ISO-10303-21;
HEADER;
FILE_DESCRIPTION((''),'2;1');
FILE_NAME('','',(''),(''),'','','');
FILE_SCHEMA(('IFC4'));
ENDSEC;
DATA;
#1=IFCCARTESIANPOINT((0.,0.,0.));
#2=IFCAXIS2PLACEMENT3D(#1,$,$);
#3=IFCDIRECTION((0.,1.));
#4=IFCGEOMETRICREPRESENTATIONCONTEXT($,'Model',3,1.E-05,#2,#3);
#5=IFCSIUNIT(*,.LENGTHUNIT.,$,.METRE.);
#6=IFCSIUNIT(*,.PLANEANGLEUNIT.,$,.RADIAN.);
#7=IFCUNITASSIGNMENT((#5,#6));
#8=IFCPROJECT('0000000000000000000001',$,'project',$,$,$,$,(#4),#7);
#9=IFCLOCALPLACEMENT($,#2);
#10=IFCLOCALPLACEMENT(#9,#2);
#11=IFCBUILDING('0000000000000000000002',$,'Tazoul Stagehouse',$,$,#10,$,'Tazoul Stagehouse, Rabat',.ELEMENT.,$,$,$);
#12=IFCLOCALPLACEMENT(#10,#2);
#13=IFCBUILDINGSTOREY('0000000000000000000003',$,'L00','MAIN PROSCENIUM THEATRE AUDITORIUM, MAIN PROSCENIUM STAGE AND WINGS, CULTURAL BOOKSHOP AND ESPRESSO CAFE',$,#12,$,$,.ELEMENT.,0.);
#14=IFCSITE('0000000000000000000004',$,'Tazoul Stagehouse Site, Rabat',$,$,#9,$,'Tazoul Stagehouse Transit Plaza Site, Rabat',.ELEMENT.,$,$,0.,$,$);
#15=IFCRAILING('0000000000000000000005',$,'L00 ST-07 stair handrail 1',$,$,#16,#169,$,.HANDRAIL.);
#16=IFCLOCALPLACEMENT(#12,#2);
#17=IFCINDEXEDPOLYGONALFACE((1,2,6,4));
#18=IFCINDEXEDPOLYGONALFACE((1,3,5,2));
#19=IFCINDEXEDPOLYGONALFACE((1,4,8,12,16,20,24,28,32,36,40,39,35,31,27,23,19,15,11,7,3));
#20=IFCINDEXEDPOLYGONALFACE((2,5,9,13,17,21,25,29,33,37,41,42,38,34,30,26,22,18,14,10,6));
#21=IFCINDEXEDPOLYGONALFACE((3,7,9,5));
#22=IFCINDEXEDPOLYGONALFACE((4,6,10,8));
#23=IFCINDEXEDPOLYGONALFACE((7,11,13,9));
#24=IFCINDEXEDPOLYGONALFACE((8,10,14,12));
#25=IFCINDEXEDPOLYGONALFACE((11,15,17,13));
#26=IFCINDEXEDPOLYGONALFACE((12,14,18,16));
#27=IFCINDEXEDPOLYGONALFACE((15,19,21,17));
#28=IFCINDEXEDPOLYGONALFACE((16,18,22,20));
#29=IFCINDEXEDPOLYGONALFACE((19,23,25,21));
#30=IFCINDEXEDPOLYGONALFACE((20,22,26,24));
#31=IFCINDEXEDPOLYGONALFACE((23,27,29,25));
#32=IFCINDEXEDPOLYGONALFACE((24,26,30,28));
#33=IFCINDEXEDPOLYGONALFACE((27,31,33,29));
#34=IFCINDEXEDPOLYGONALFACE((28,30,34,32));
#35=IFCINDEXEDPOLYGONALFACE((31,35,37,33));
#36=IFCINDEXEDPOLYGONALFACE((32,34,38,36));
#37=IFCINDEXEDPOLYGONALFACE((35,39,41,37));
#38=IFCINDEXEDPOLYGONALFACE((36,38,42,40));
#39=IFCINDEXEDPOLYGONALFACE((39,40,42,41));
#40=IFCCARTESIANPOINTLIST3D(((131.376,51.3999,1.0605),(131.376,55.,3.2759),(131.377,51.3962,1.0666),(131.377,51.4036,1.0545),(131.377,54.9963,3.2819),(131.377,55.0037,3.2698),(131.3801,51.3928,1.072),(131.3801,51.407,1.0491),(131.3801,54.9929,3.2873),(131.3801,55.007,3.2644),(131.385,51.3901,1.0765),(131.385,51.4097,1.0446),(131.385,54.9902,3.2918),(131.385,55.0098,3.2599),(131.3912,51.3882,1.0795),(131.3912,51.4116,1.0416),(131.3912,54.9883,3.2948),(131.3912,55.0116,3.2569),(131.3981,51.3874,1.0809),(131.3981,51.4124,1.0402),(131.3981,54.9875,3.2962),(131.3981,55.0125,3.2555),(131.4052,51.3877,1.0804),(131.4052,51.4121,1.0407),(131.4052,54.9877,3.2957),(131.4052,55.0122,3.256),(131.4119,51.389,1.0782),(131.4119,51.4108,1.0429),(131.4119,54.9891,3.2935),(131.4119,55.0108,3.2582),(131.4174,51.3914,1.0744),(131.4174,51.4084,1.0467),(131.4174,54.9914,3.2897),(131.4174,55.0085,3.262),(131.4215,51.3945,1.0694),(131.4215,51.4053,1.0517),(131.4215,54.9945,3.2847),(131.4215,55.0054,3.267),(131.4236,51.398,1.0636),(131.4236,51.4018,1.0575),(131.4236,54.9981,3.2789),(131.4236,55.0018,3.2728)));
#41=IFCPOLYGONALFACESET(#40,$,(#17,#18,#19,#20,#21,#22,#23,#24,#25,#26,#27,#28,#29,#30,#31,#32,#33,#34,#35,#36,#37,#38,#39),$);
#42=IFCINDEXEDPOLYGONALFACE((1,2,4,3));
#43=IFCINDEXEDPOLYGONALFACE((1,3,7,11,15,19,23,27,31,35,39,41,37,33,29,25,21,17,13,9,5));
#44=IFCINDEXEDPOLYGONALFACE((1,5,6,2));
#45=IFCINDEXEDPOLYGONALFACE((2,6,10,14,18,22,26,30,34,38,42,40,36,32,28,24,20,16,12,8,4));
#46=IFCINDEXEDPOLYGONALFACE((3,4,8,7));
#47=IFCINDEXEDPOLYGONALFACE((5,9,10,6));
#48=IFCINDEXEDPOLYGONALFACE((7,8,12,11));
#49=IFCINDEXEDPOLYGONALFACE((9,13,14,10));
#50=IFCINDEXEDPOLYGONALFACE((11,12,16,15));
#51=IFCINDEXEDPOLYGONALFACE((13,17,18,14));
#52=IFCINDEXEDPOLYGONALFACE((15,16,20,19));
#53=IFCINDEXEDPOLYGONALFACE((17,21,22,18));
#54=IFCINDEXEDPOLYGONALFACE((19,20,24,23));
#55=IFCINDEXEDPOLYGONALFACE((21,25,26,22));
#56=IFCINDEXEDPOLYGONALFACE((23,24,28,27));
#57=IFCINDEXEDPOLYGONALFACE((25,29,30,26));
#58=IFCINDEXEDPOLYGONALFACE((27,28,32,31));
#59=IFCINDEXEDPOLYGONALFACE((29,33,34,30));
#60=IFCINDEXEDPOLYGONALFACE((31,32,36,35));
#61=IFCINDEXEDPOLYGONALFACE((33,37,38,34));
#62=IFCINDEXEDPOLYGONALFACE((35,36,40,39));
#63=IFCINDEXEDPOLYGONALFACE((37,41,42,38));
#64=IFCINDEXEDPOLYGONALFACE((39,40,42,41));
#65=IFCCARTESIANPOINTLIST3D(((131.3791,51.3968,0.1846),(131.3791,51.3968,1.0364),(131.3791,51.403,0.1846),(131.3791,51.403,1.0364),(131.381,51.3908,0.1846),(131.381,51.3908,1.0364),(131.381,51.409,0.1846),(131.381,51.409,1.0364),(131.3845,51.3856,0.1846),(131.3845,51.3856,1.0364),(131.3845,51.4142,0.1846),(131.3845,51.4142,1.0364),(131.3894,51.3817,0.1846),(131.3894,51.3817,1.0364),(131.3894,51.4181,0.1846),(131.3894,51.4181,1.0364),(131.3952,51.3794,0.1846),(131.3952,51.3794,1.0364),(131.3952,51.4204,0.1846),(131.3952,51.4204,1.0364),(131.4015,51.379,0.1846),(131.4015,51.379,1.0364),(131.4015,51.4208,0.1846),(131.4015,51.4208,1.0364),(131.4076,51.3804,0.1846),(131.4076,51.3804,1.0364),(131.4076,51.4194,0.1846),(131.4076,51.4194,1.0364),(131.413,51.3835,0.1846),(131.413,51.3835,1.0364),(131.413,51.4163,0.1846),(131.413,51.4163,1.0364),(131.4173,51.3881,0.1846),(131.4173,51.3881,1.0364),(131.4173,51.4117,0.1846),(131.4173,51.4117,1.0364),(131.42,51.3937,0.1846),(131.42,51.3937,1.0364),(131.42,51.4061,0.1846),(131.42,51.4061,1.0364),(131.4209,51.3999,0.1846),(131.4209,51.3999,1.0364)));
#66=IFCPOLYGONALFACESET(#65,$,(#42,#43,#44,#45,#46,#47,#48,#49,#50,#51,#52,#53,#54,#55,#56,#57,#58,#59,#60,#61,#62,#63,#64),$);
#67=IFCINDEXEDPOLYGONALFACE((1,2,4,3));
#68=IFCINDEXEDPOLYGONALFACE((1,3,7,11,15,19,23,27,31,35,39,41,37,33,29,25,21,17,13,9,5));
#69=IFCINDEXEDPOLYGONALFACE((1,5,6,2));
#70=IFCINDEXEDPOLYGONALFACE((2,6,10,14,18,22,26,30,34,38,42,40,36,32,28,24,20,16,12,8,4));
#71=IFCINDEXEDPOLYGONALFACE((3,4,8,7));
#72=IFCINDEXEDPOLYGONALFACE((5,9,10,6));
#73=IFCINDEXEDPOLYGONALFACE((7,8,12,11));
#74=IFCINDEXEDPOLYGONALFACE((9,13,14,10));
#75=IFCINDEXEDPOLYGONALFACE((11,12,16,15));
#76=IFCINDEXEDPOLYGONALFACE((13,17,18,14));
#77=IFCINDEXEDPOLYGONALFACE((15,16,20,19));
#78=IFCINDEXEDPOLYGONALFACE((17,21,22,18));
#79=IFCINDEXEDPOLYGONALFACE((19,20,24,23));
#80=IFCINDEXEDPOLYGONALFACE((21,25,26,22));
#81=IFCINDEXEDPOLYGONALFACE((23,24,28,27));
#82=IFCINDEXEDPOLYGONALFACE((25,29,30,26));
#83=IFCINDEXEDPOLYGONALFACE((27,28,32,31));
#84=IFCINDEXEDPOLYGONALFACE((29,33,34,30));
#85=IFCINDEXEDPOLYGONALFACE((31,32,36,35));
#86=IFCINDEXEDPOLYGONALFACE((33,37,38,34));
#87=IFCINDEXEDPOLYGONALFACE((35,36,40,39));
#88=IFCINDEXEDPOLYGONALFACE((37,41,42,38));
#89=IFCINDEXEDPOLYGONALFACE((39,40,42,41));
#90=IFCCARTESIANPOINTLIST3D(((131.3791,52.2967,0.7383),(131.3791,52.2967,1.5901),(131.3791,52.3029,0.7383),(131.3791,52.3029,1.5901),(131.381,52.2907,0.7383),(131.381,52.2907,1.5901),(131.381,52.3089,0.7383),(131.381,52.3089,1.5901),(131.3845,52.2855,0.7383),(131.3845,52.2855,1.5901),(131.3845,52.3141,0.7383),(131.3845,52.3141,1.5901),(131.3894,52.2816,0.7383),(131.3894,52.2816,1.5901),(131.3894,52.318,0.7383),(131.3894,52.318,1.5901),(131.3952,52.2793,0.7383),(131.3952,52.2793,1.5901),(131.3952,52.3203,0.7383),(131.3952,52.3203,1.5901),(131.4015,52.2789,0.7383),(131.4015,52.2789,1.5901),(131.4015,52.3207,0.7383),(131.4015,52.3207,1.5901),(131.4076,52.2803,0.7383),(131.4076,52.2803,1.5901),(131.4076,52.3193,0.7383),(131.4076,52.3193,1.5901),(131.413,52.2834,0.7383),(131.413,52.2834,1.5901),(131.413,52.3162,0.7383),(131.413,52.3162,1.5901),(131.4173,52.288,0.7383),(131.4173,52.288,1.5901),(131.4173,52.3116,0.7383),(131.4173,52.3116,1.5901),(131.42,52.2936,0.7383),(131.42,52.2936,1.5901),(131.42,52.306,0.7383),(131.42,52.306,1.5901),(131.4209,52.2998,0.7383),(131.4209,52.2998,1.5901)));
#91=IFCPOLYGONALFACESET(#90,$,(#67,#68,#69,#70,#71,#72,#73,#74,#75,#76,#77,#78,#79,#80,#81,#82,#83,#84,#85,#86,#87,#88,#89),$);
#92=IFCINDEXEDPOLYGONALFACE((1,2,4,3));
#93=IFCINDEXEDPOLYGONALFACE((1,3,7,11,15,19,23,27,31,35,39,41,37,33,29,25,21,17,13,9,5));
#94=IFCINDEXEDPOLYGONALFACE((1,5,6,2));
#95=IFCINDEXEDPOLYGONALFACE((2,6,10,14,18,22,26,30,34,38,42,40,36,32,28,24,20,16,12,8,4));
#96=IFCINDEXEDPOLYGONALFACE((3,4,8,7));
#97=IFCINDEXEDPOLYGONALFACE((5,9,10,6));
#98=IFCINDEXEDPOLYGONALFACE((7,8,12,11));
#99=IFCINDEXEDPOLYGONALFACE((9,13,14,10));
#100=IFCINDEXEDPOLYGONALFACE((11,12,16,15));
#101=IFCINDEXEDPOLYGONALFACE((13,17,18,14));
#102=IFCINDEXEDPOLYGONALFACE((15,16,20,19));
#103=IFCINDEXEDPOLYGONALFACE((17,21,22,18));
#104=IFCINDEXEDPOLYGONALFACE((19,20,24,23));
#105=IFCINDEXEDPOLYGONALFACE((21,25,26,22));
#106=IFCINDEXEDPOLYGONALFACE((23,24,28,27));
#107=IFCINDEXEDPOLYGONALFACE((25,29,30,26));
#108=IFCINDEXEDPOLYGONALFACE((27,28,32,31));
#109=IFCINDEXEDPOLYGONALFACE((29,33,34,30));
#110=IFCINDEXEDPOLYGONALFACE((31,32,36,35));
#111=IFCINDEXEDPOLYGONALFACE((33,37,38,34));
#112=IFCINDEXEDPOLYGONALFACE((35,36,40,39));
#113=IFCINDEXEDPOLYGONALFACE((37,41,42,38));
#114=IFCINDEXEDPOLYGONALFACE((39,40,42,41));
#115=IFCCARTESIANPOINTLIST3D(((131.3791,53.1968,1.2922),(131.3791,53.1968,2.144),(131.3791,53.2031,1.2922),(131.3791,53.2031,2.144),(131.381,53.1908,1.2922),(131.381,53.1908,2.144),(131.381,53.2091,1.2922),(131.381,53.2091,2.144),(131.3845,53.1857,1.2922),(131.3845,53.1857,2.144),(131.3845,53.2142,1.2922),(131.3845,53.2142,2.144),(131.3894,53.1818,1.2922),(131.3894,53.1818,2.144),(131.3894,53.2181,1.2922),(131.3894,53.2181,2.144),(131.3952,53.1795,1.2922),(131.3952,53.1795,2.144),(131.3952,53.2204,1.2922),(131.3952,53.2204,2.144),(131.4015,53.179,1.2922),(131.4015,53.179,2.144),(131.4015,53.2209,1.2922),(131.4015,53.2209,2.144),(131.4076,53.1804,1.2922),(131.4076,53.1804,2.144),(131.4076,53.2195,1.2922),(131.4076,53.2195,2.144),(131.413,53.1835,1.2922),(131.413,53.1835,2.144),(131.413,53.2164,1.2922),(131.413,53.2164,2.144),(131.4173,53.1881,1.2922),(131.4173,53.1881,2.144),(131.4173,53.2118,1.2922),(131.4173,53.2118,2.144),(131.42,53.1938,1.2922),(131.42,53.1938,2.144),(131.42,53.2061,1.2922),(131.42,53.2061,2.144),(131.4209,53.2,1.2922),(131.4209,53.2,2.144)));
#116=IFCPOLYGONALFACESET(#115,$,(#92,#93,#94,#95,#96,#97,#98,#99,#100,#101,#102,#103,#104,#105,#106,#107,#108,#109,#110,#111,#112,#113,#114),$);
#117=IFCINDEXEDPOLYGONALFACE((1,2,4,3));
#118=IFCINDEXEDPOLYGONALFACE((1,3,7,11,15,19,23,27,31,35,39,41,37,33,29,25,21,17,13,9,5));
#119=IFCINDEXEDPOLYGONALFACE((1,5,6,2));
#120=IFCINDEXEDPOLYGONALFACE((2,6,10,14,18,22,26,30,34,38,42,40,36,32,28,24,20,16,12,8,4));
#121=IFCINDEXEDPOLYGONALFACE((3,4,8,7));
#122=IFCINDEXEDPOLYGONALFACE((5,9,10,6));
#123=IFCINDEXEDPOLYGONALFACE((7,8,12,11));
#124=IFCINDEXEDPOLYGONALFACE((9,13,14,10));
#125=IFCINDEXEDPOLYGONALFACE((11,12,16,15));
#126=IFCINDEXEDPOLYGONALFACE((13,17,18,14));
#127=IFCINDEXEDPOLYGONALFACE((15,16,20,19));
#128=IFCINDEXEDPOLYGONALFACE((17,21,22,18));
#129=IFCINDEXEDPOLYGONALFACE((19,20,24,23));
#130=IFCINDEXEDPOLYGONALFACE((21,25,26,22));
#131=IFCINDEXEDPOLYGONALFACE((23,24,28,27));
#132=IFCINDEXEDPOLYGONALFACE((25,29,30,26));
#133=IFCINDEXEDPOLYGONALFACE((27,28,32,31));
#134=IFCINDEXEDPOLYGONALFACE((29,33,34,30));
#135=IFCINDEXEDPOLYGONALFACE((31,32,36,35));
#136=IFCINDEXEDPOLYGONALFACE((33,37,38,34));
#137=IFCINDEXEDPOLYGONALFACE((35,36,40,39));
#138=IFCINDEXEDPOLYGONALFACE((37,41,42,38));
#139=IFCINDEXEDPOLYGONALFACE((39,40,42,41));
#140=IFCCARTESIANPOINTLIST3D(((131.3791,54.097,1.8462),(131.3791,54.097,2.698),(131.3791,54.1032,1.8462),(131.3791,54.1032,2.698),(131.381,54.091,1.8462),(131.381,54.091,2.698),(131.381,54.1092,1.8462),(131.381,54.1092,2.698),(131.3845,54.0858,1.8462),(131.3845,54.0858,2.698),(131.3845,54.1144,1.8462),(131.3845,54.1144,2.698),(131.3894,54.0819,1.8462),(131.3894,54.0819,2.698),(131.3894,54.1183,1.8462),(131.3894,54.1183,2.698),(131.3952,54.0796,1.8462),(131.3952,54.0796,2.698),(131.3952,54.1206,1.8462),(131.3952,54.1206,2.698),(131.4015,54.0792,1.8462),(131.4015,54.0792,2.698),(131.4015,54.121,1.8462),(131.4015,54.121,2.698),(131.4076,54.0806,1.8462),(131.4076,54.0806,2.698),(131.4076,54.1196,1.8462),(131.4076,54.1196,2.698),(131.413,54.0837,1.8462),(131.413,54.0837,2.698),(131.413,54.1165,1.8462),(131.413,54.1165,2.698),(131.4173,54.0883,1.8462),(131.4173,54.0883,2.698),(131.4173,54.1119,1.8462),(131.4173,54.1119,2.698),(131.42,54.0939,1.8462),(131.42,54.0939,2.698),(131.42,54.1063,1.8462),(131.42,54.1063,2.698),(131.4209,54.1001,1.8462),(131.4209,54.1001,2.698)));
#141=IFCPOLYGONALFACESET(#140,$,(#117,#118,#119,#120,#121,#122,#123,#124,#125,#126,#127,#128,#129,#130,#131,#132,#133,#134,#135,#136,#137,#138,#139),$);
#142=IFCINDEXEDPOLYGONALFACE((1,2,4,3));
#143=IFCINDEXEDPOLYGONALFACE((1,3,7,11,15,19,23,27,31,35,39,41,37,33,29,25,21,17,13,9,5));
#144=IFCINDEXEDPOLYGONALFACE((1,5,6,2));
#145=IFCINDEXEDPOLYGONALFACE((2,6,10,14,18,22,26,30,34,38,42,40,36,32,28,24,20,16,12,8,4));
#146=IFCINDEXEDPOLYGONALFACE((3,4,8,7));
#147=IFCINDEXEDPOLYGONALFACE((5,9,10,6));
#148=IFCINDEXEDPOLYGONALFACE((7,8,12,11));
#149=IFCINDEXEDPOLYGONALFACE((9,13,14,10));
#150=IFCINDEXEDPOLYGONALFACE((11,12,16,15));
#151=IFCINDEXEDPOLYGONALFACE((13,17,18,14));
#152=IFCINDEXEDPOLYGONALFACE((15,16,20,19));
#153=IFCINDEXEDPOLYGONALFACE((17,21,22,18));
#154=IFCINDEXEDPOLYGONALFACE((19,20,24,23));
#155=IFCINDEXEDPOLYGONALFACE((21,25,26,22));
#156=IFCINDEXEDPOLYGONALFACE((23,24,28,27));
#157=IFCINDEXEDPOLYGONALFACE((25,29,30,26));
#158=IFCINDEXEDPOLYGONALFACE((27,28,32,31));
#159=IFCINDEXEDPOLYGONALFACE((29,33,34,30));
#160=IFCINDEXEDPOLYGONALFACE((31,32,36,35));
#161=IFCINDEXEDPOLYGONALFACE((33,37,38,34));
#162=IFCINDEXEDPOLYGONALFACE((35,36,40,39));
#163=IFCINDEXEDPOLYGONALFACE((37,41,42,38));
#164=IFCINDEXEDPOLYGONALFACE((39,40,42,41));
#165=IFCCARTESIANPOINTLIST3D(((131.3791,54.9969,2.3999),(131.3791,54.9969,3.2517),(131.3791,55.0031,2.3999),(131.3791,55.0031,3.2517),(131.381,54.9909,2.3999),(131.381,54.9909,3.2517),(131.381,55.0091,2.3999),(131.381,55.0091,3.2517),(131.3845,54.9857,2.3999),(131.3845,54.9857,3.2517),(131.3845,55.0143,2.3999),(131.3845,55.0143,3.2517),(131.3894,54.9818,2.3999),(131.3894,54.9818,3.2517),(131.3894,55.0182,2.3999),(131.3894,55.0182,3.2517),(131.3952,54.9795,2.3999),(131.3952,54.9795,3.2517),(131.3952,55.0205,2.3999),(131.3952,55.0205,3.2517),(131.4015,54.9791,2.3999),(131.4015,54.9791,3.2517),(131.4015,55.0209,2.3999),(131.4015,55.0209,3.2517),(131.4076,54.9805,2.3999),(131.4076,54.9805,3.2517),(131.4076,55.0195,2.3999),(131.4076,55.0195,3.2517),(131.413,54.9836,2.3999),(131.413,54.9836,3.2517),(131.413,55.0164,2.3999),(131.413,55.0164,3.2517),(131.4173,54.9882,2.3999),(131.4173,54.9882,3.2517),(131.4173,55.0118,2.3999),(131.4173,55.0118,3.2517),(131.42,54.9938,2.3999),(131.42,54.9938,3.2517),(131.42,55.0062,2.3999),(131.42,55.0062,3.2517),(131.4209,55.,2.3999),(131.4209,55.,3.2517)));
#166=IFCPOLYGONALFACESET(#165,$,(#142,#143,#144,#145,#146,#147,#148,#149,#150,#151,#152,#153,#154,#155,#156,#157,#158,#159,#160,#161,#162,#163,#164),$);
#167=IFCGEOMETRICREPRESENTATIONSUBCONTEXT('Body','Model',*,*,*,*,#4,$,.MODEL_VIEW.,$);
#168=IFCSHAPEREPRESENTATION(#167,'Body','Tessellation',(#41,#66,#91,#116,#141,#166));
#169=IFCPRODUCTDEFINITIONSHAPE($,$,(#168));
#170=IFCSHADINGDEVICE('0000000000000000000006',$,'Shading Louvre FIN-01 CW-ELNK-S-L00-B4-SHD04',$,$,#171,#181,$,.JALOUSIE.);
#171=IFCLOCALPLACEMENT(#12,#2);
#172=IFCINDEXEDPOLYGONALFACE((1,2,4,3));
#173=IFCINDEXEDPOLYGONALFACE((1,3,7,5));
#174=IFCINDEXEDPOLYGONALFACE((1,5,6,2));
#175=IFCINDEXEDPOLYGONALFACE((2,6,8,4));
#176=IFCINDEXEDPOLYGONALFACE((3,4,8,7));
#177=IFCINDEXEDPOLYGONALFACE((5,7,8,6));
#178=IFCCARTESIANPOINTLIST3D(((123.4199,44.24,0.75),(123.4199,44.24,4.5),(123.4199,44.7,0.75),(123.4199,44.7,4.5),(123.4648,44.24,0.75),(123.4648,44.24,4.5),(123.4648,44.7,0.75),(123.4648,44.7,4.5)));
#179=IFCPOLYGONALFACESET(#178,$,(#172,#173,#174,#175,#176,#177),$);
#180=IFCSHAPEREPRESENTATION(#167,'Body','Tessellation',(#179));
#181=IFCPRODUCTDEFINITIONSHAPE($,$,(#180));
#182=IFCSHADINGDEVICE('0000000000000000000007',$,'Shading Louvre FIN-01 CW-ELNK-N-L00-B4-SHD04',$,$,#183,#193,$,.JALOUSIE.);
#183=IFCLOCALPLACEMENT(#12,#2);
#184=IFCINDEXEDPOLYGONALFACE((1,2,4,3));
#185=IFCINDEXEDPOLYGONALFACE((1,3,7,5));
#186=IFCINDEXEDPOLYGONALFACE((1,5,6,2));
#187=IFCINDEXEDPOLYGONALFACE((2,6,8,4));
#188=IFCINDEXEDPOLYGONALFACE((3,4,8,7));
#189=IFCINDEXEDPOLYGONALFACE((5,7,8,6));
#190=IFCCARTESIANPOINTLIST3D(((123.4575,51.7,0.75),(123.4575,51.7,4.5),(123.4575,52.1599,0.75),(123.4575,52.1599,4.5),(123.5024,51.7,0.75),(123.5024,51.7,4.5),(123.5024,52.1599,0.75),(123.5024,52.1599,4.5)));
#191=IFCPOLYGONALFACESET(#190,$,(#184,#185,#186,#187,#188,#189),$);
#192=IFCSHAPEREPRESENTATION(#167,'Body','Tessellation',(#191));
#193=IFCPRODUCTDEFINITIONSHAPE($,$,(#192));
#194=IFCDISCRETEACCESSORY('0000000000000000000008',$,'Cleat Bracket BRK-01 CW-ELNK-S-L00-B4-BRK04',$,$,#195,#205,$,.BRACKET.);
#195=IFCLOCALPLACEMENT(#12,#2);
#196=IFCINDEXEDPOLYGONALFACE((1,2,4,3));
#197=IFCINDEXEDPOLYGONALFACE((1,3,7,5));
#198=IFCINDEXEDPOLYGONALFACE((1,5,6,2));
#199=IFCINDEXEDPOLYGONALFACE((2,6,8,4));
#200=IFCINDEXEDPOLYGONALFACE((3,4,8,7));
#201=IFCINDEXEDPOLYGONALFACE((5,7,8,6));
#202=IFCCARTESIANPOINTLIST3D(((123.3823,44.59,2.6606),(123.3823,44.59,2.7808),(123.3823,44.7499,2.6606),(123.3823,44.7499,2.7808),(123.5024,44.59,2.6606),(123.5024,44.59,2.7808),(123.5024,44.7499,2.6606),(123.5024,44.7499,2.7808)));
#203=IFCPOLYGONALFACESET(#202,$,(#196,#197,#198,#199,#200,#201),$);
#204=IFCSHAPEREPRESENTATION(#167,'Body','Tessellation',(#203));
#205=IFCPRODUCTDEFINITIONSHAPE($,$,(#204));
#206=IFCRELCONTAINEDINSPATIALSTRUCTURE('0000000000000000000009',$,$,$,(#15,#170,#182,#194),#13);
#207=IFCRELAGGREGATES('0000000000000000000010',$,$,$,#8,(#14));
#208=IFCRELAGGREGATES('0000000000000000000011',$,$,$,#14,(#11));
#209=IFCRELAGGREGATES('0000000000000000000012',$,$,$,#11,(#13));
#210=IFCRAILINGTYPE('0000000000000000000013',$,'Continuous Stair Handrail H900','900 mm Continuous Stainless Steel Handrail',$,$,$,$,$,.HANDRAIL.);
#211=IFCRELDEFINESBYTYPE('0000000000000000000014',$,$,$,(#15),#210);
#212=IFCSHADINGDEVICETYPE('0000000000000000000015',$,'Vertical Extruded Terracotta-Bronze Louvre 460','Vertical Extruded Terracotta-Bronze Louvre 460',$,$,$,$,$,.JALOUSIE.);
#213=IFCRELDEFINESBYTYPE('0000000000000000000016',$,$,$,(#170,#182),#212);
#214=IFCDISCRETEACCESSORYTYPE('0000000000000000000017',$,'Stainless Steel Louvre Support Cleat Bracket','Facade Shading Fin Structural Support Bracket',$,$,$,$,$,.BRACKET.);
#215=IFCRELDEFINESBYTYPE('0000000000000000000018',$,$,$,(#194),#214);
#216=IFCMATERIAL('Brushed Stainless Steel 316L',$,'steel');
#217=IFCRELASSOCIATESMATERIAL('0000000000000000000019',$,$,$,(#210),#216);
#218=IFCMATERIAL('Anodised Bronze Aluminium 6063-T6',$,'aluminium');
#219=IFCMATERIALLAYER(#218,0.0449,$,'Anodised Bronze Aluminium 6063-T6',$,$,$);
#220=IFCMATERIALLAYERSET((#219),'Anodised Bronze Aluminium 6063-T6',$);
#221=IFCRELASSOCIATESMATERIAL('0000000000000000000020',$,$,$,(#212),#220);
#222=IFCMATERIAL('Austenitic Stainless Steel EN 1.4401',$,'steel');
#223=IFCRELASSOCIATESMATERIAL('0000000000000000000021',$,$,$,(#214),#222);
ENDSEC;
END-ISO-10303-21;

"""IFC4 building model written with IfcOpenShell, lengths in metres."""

from ifc_helpers import new_model, si_unit, direction, frame, origin, origin_2d, place, context, subcontext, project, spatial, rectangle, circle, extrude, material, layer, layer_set, material_profile, profile_set, type_object, element, save


model = new_model("IFC4")

# Units and contexts
model_context = context("Model", 3, precision=1e-05, world=origin(), true_north=direction((0.0, 1.0)))
body_context = subcontext(model_context, "Body", "Model", "MODEL_VIEW")
ifc_project = project(units=[si_unit("LENGTHUNIT", "METRE"), si_unit("PLANEANGLEUNIT", "RADIAN")], contexts=[model_context])

# Site, building, storey
site_placement = place(None, origin())
site = spatial("IfcSite", under=ifc_project, at=site_placement, Name="Tazoul Stagehouse Site, Rabat", LongName="Tazoul Stagehouse Transit Plaza Site, Rabat", CompositionType="ELEMENT", RefElevation=0.0)
building_placement = place(site_placement, origin())
building = spatial("IfcBuilding", under=site, at=building_placement, Name="Tazoul Stagehouse", LongName="Tazoul Stagehouse, Rabat", CompositionType="ELEMENT")
storey_placement = place(building_placement, origin())
storey = spatial("IfcBuildingStorey", under=building, at=storey_placement, Name="L00", Description="MAIN PROSCENIUM THEATRE AUDITORIUM, MAIN PROSCENIUM STAGE AND WINGS, CULTURAL BOOKSHOP AND ESPRESSO CAFE", CompositionType="ELEMENT", Elevation=0.0)

# Shared definitions
ifc_material_1 = material(Name="Anodised Bronze Aluminium 6063-T6", Category="aluminium")

# Railing
ifc_material_2 = material(Name="Brushed Stainless Steel 316L", Category="steel")
ifc_material_profile_1 = material_profile(ifc_material_2, circle(Radius=0.021, at=origin_2d()), Name="SS HANDRAIL D42")
ifc_profile_set_1 = profile_set([ifc_material_profile_1], Name="Brushed Stainless Steel 316L")
railing_type_1 = type_object("IfcRailingType", Name="Continuous Stair Handrail H900", Description="900 mm Continuous Stainless Steel Handrail", PredefinedType="HANDRAIL", material=ifc_profile_set_1)
railing_1_placement = place(storey_placement, frame((131.3999, 51.3999, 0.1846)))
element("IfcRailing", 1, at=railing_1_placement, inside=storey, type_object=railing_type_1, Name="L00 ST-07 stair handrail 1", PredefinedType="HANDRAIL", context=body_context, shape_type="SweptSolid", body=[
    extrude(circle(Radius=0.0239, at=origin_2d()), frame((0.0, 0.0, 0.876), z_axis=(0.0, 0.85167, 0.524078), x_axis=(-1.0, 0.0, 0.0)), (0.0, 0.0, 1.0), 4.2271),
    extrude(circle(Radius=0.021, at=origin_2d()), origin(), (0.0, 0.0, 1.0), 0.8518),
    extrude(circle(Radius=0.021, at=origin_2d()), frame((0.0, 0.8999, 0.5537)), (0.0, 0.0, 1.0), 0.8518),
    extrude(circle(Radius=0.021, at=origin_2d()), frame((0.0, 1.8, 1.1077)), (0.0, 0.0, 1.0), 0.8518),
    extrude(circle(Radius=0.021, at=origin_2d()), frame((0.0, 2.7002, 1.6616)), (0.0, 0.0, 1.0), 0.8518),
    extrude(circle(Radius=0.021, at=origin_2d()), frame((0.0, 3.6001, 2.2153)), (0.0, 0.0, 1.0), 0.8518),
])

# Shading devices
ifc_layer_1 = layer(ifc_material_1, 0.0449, Name="Anodised Bronze Aluminium 6063-T6")
ifc_layer_set_1 = layer_set([ifc_layer_1], Name="Anodised Bronze Aluminium 6063-T6")
shading_device_type = type_object("IfcShadingDeviceType", Name="Vertical Extruded Terracotta-Bronze Louvre 460", Description="Vertical Extruded Terracotta-Bronze Louvre 460", PredefinedType="JALOUSIE", material=ifc_layer_set_1)
for number, where, z_axis, x_axis, name in (
    (2, (123.4424, 44.47, 0.75), (0.0, 0.0, 1.0), (1.0, 0.0, 0.0), "Shading Louvre FIN-01 CW-ELNK-S-L00-B4-SHD04"),
    (3, (123.48, 51.9299, 0.75), (0.0, 0.0, 1.0), (1.0, 0.0, 0.0), "Shading Louvre FIN-01 CW-ELNK-N-L00-B4-SHD04"),
):
    element("IfcShadingDevice", number, at=place(storey_placement, frame(where, z_axis=z_axis, x_axis=x_axis)), inside=storey, type_object=shading_device_type, Name=name, PredefinedType="JALOUSIE", context=body_context, shape_type="SweptSolid", body=[
        extrude(rectangle(XDim=0.0449, YDim=0.46, at=origin_2d()), origin(), (0.0, 0.0, 1.0), 3.75),
    ])

# Discrete accessory
ifc_material_3 = material(Name="Austenitic Stainless Steel EN 1.4401", Category="steel")
discrete_accessory_type = type_object("IfcDiscreteAccessoryType", Name="Stainless Steel Louvre Support Cleat Bracket", Description="Facade Shading Fin Structural Support Bracket", PredefinedType="BRACKET", material=ifc_material_3)
for number, where, z_axis, x_axis, name in (
    (4, (123.4424, 44.6699, 2.6606), (0.0, 0.0, 1.0), (1.0, 0.0, 0.0), "Cleat Bracket BRK-01 CW-ELNK-S-L00-B4-BRK04"),
):
    element("IfcDiscreteAccessory", number, at=place(storey_placement, frame(where, z_axis=z_axis, x_axis=x_axis)), inside=storey, type_object=discrete_accessory_type, Name=name, PredefinedType="BRACKET", context=body_context, shape_type="SweptSolid", body=[
        extrude(rectangle(XDim=0.1201, YDim=0.1599, at=origin_2d()), origin(), (0.0, 0.0, 1.0), 0.1201),
    ])

save(model, "model.ifc")
